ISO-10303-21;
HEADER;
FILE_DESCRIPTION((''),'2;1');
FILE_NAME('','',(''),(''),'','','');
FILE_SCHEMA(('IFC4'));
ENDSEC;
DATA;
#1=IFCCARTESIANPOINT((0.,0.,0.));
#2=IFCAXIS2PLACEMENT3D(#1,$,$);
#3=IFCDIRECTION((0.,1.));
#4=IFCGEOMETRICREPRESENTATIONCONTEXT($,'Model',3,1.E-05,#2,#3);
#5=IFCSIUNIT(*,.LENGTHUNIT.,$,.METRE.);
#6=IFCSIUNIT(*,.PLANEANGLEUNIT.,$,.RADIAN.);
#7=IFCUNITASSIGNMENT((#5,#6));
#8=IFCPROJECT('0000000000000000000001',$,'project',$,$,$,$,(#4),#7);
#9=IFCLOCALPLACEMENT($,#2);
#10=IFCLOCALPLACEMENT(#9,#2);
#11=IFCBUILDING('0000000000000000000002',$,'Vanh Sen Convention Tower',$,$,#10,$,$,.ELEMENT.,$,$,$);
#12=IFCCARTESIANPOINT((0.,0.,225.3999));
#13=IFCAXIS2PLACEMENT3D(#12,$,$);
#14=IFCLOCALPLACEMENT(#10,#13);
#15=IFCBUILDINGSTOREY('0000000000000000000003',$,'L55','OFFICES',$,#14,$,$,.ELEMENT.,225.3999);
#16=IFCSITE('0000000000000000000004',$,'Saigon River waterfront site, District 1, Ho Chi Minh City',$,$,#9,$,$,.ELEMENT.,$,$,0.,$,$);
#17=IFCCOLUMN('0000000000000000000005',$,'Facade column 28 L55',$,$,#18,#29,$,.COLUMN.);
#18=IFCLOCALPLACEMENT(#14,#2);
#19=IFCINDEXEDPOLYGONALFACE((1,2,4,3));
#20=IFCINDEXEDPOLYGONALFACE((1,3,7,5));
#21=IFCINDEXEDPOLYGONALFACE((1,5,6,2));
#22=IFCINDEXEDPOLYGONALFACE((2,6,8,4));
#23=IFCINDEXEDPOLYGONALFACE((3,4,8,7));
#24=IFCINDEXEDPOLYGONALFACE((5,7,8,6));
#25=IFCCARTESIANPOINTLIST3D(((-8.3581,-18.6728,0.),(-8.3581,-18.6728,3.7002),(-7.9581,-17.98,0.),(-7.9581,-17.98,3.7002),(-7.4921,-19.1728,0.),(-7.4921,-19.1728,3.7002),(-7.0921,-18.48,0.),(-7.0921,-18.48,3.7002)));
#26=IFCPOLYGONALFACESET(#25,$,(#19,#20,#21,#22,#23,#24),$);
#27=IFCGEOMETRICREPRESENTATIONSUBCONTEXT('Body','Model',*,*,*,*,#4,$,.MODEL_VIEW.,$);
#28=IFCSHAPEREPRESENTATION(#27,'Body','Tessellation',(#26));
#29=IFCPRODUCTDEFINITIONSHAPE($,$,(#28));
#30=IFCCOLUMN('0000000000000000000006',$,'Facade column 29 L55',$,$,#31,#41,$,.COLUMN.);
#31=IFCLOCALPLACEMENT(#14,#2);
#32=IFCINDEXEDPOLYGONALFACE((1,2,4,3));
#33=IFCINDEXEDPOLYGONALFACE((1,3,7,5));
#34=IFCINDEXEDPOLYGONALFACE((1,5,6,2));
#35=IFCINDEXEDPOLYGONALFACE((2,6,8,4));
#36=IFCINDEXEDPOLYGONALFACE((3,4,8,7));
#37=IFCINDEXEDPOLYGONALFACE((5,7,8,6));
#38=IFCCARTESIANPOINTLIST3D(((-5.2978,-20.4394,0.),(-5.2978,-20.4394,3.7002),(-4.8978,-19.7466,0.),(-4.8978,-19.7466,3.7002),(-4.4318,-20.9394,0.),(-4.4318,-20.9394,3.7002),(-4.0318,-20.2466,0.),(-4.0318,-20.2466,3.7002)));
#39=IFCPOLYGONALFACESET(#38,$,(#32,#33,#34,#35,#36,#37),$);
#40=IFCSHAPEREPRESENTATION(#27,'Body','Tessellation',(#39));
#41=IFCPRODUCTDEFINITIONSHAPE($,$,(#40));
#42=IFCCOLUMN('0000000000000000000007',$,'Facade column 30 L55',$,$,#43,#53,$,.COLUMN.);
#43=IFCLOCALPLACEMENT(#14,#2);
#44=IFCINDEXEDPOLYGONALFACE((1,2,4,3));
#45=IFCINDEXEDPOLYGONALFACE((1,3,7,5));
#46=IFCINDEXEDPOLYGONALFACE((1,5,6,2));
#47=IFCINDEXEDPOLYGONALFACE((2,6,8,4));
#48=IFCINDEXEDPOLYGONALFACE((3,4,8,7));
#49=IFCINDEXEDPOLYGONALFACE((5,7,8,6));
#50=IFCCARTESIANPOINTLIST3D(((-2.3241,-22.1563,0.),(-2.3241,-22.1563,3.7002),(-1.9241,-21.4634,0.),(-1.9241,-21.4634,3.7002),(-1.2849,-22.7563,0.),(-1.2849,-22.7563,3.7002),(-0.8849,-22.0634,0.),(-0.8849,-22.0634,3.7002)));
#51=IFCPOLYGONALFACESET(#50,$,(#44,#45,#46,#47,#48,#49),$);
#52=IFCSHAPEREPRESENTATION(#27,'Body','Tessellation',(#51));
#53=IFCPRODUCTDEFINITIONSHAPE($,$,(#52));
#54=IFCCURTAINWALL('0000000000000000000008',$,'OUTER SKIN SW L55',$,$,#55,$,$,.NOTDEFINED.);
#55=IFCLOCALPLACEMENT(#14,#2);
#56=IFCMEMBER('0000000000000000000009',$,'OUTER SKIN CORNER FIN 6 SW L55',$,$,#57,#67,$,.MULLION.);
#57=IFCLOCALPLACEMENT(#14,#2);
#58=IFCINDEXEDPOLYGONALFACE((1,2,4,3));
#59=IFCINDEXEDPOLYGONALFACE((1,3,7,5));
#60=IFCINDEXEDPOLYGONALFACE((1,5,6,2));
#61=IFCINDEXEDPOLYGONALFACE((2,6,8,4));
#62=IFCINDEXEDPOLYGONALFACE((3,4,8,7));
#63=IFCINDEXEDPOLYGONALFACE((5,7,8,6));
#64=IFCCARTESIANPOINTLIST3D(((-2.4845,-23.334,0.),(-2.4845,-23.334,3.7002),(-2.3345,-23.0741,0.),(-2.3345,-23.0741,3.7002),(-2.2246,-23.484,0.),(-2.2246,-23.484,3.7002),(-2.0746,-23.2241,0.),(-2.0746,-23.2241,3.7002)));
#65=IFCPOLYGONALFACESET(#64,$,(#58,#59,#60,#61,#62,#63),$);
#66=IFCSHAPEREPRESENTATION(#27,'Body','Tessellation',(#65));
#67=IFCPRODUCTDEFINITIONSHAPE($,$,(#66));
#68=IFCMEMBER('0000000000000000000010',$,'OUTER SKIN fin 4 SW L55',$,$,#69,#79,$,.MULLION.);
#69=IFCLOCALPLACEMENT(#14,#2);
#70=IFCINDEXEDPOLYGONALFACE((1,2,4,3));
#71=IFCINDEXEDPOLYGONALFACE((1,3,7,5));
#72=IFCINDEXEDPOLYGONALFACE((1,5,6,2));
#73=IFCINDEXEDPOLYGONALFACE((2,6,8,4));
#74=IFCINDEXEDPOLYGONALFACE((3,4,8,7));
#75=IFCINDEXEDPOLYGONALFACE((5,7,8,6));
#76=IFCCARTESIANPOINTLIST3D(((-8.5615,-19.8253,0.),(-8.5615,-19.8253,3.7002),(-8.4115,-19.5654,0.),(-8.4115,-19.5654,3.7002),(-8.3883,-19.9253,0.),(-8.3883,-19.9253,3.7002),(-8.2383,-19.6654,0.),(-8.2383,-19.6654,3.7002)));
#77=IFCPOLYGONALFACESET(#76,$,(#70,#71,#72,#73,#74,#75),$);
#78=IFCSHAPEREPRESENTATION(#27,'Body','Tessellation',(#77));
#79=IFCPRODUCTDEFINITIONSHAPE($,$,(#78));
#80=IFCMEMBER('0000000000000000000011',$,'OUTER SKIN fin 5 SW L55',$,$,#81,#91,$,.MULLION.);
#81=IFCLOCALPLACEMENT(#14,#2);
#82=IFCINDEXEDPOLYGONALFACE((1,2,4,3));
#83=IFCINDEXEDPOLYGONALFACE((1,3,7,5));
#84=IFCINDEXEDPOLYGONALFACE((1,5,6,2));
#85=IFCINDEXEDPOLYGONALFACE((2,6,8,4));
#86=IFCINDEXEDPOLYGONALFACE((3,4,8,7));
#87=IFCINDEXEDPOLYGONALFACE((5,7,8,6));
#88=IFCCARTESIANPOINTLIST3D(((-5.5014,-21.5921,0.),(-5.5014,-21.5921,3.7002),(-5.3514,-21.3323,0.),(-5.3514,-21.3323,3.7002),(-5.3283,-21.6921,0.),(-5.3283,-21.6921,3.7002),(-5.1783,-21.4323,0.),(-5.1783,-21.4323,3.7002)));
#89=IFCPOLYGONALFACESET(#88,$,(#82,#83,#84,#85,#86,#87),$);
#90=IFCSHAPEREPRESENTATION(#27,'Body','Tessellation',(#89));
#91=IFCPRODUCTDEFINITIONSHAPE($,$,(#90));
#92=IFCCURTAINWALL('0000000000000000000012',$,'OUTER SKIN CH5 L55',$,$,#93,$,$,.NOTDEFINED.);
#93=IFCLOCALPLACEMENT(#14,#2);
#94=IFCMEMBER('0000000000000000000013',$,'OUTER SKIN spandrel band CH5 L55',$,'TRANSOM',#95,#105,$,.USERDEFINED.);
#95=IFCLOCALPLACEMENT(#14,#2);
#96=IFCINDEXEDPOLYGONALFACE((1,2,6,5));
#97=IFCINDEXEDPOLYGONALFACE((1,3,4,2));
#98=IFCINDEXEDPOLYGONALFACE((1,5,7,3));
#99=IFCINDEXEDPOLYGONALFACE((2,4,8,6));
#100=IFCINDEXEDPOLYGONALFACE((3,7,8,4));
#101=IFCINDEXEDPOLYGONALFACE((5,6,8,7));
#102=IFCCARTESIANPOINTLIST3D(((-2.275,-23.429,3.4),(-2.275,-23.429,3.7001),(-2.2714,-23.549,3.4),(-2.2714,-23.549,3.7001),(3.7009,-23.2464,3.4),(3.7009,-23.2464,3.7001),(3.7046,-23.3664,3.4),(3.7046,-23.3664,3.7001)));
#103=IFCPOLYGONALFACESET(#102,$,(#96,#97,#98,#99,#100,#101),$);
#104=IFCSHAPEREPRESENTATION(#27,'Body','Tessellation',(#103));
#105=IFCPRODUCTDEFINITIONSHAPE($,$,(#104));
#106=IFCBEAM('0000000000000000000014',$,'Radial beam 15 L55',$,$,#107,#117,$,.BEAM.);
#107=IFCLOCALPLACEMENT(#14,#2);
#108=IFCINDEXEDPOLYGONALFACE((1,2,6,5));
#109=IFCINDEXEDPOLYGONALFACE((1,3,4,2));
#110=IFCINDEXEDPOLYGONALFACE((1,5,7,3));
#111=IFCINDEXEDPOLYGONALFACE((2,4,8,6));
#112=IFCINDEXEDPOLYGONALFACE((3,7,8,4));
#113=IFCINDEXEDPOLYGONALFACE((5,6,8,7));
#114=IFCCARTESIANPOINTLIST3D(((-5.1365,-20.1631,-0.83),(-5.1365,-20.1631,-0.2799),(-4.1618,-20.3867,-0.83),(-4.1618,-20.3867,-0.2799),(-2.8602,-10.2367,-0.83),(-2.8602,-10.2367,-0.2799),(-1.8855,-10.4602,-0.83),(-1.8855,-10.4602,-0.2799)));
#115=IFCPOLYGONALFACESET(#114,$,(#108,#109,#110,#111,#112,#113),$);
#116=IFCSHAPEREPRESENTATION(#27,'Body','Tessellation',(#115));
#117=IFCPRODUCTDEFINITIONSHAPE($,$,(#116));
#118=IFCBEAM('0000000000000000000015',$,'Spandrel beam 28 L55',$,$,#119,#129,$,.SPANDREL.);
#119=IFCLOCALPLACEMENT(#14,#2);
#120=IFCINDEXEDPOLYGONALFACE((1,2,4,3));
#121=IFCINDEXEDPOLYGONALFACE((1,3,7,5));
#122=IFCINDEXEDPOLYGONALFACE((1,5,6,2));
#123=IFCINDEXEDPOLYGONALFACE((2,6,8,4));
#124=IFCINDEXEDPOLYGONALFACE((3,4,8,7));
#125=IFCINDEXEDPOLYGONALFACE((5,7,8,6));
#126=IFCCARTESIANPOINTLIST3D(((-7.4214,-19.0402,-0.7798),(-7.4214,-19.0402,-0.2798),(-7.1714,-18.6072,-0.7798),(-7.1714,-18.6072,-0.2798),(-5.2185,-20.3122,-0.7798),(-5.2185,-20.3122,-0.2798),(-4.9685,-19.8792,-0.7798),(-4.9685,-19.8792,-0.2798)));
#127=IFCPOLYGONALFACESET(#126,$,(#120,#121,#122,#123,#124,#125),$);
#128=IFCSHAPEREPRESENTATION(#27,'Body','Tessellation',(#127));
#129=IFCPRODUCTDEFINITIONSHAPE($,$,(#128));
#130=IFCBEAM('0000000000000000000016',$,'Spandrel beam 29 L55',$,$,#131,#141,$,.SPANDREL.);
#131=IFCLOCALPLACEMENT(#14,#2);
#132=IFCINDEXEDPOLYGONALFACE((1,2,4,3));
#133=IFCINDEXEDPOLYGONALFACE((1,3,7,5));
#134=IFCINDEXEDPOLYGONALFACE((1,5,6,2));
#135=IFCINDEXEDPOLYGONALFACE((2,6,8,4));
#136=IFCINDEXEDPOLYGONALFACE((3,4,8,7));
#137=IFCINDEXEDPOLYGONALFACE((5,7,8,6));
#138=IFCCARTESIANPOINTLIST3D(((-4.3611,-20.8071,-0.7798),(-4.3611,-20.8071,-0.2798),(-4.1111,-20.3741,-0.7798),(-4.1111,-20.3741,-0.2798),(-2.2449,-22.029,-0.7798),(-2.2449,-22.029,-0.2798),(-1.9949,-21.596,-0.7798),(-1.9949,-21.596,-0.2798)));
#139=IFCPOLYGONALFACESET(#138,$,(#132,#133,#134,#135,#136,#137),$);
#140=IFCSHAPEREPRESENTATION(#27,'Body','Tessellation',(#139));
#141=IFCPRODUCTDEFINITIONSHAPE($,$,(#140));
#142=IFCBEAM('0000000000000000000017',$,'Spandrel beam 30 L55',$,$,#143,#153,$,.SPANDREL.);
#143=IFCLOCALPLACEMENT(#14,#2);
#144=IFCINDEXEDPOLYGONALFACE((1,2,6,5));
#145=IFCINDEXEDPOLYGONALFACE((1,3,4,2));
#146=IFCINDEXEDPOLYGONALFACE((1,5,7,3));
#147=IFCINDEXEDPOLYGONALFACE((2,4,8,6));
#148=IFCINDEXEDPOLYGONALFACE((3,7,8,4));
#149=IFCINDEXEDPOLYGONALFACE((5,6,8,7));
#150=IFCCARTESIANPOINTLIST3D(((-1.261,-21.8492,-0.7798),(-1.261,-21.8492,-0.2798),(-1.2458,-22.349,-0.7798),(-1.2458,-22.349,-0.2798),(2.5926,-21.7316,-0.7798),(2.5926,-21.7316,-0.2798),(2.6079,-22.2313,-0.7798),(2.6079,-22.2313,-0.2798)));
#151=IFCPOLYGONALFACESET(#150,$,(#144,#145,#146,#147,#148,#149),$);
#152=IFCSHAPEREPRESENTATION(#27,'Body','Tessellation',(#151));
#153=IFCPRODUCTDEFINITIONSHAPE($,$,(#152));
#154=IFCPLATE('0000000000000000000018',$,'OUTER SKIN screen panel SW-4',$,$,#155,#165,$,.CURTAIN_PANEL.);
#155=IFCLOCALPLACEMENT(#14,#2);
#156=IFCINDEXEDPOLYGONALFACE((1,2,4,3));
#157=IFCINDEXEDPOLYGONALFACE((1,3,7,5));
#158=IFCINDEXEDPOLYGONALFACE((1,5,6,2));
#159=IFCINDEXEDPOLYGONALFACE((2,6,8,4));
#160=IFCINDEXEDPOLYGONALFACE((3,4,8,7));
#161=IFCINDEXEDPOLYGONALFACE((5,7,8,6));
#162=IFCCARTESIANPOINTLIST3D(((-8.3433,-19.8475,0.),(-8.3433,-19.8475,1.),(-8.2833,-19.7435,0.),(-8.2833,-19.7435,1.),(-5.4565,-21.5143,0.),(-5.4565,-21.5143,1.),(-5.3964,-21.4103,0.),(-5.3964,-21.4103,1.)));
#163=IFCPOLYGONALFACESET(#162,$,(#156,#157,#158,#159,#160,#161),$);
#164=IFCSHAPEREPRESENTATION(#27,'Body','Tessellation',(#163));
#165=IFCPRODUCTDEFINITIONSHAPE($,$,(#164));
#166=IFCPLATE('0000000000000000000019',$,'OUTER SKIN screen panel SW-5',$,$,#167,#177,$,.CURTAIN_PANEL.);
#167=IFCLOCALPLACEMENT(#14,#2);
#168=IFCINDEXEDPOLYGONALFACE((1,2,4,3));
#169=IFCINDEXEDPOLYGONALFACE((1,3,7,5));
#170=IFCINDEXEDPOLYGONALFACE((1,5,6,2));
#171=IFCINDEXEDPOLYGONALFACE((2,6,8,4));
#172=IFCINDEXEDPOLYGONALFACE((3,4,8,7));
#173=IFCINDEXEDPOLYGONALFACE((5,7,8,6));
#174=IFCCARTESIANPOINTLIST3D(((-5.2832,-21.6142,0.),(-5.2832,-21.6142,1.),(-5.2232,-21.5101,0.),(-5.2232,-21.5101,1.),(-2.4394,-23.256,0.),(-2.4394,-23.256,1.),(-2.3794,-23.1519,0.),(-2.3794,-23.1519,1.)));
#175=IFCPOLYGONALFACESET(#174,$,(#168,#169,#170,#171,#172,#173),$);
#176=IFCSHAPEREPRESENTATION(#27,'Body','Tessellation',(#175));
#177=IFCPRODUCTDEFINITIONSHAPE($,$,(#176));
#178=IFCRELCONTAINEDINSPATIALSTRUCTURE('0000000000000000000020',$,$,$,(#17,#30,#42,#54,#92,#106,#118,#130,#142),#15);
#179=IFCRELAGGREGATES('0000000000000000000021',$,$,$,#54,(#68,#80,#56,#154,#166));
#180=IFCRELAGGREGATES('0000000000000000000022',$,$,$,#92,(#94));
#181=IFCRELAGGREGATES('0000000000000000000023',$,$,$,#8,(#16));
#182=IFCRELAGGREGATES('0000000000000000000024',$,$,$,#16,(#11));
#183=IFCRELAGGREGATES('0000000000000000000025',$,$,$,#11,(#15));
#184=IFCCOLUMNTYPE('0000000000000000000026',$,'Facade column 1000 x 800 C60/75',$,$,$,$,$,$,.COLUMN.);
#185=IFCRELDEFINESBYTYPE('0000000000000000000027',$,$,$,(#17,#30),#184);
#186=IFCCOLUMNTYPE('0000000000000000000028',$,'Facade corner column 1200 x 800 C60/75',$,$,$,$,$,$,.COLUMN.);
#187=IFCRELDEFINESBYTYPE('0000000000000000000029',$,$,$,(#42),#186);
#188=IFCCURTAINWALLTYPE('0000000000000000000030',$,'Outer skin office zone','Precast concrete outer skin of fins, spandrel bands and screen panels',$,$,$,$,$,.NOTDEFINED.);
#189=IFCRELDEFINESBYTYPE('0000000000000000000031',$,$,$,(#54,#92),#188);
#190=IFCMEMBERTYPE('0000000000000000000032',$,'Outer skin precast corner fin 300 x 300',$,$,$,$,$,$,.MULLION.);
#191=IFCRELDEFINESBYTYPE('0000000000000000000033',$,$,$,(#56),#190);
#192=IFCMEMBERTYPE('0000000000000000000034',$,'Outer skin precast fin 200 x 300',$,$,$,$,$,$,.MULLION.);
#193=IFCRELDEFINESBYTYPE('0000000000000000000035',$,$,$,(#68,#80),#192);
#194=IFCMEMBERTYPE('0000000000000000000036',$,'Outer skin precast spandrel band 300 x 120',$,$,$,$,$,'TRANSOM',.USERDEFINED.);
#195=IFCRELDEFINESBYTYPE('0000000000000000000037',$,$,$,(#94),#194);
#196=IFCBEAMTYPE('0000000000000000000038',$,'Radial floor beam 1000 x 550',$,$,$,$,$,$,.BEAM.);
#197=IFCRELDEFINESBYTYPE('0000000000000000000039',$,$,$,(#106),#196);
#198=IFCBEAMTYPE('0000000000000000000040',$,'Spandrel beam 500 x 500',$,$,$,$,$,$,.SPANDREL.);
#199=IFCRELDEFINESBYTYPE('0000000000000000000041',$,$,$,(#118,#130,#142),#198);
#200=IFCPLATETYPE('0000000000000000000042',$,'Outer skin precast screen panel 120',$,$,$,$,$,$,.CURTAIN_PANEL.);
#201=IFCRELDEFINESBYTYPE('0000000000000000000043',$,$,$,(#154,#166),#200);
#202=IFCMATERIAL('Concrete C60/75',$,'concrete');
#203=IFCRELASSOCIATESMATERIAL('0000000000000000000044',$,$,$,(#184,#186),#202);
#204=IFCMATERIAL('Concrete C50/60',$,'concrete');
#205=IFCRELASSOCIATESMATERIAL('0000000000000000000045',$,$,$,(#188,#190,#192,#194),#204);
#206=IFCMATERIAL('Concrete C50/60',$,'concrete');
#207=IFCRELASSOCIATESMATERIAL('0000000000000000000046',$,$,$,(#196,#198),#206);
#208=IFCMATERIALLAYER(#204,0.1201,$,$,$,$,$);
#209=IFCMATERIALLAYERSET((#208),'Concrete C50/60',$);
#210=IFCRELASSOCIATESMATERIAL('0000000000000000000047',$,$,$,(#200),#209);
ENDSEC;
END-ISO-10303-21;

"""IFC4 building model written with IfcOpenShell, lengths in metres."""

from ifc_helpers import new_model, si_unit, direction, frame, origin, origin_2d, place, context, subcontext, project, spatial, rectangle, extrude, material, layer, layer_set, material_profile, profile_set, type_object, element, aggregate, save


model = new_model("IFC4")

# Units and contexts
model_context = context("Model", 3, precision=1e-05, world=origin(), true_north=direction((0.0, 1.0)))
body_context = subcontext(model_context, "Body", "Model", "MODEL_VIEW")
ifc_project = project(units=[si_unit("LENGTHUNIT", "METRE"), si_unit("PLANEANGLEUNIT", "RADIAN")], contexts=[model_context])

# Site, building, storey
site_placement = place(None, origin())
site = spatial("IfcSite", under=ifc_project, at=site_placement, Name="Saigon River waterfront site, District 1, Ho Chi Minh City", CompositionType="ELEMENT", RefElevation=0.0)
building_placement = place(site_placement, origin())
building = spatial("IfcBuilding", under=site, at=building_placement, Name="Vanh Sen Convention Tower", CompositionType="ELEMENT")
storey_placement = place(building_placement, frame((0.0, 0.0, 225.3999)))
storey = spatial("IfcBuildingStorey", under=building, at=storey_placement, Name="L55", Description="OFFICES", CompositionType="ELEMENT", Elevation=225.3999)

# Columns
ifc_material_1 = material(Name="Concrete C60/75", Category="concrete")
ifc_material_profile_1 = material_profile(ifc_material_1, rectangle(XDim=1.0, YDim=0.8, at=origin_2d()), Name="RC 1000X800")
ifc_profile_set_1 = profile_set([ifc_material_profile_1], Name="Concrete C60/75")
column_type_1 = type_object("IfcColumnType", Name="Facade column 1000 x 800 C60/75", PredefinedType="COLUMN", material=ifc_profile_set_1)
for number, where, z_axis, x_axis, name in (
    (1, (-7.7251, -18.5764, 0.0), (0.0, 0.0, 1.0), (0.866025, -0.5, 0.0), "Facade column 28 L55"),
    (2, (-4.6648, -20.343, 0.0), (0.0, 0.0, 1.0), (0.866025, -0.5, 0.0), "Facade column 29 L55"),
):
    element("IfcColumn", number, at=place(storey_placement, frame(where, z_axis=z_axis, x_axis=x_axis)), inside=storey, type_object=column_type_1, Name=name, PredefinedType="COLUMN", context=body_context, shape_type="SweptSolid", body=[
        extrude(rectangle(XDim=1.0, YDim=0.8, at=origin_2d()), origin(), (0.0, 0.0, 1.0), 3.7002),
    ])
ifc_material_profile_2 = material_profile(ifc_material_1, rectangle(XDim=1.2, YDim=0.8, at=origin_2d()), Name="RC 1200X800")
ifc_profile_set_2 = profile_set([ifc_material_profile_2], Name="Concrete C60/75")
column_type_2 = type_object("IfcColumnType", Name="Facade corner column 1200 x 800 C60/75", PredefinedType="COLUMN", material=ifc_profile_set_2)
column_placement = place(storey_placement, frame((-1.6045, -22.1099, 0.0), z_axis=(0.0, 0.0, 1.0), x_axis=(0.866025, -0.5, 0.0)))
element("IfcColumn", 3, at=column_placement, inside=storey, type_object=column_type_2, Name="Facade column 30 L55", PredefinedType="COLUMN", context=body_context, shape_type="SweptSolid", body=[
    extrude(rectangle(XDim=1.2, YDim=0.8, at=origin_2d()), origin(), (0.0, 0.0, 1.0), 3.7002),
])

# Curtain wall, members
ifc_material_2 = material(Name="Concrete C50/60", Category="concrete")
curtain_wall_type = type_object("IfcCurtainWallType", Name="Outer skin office zone", Description="Precast concrete outer skin of fins, spandrel bands and screen panels", PredefinedType="NOTDEFINED", material=ifc_material_2)
curtain_wall_1_placement = place(storey_placement, origin())
curtain_wall_1 = element("IfcCurtainWall", 4, at=curtain_wall_1_placement, inside=storey, type_object=curtain_wall_type, Name="OUTER SKIN SW L55", PredefinedType="NOTDEFINED")
ifc_material_profile_3 = material_profile(ifc_material_2, rectangle(XDim=0.3, YDim=0.3, at=origin_2d()), Name="Outer skin precast corner fin 300 x 300")
ifc_profile_set_3 = profile_set([ifc_material_profile_3], Name="Concrete C50/60")
member_type_1 = type_object("IfcMemberType", Name="Outer skin precast corner fin 300 x 300", PredefinedType="MULLION", material=ifc_profile_set_3)
member_1_placement = place(storey_placement, frame((-2.2795, -23.2791, 0.0), z_axis=(0.0, 0.0, 1.0), x_axis=(0.866025, -0.5, 0.0)))
member_1 = element("IfcMember", 5, at=member_1_placement, type_object=member_type_1, Name="OUTER SKIN CORNER FIN 6 SW L55", PredefinedType="MULLION", context=body_context, shape_type="SweptSolid", body=[
    extrude(rectangle(XDim=0.3, YDim=0.3, at=origin_2d()), origin(), (0.0, 0.0, 1.0), 3.7002),
])
ifc_material_profile_4 = material_profile(ifc_material_2, rectangle(XDim=0.2, YDim=0.3, at=origin_2d()), Name="Outer skin precast fin 200 x 300")
ifc_profile_set_4 = profile_set([ifc_material_profile_4], Name="Concrete C50/60")
member_type_2 = type_object("IfcMemberType", Name="Outer skin precast fin 200 x 300", PredefinedType="MULLION", material=ifc_profile_set_4)
member_2_placement = place(storey_placement, frame((-8.3999, -19.7454, 0.0), z_axis=(0.0, 0.0, 1.0), x_axis=(0.866025, -0.5, 0.0)))
member_2 = element("IfcMember", 6, at=member_2_placement, type_object=member_type_2, Name="OUTER SKIN fin 4 SW L55", PredefinedType="MULLION", context=body_context, shape_type="SweptSolid", body=[
    extrude(rectangle(XDim=0.2, YDim=0.3, at=origin_2d()), origin(), (0.0, 0.0, 1.0), 3.7002),
])
member_3_placement = place(storey_placement, frame((-5.3398, -21.5122, 0.0), z_axis=(0.0, 0.0, 1.0), x_axis=(0.866025, -0.5, 0.0)))
member_3 = element("IfcMember", 7, at=member_3_placement, type_object=member_type_2, Name="OUTER SKIN fin 5 SW L55", PredefinedType="MULLION", context=body_context, shape_type="SweptSolid", body=[
    extrude(rectangle(XDim=0.2, YDim=0.3, at=origin_2d()), origin(), (0.0, 0.0, 1.0), 3.7002),
])

# Curtain wall, member
curtain_wall_2_placement = place(storey_placement, origin())
curtain_wall_2 = element("IfcCurtainWall", 8, at=curtain_wall_2_placement, inside=storey, type_object=curtain_wall_type, Name="OUTER SKIN CH5 L55", PredefinedType="NOTDEFINED")
ifc_material_profile_5 = material_profile(ifc_material_2, rectangle(XDim=0.1201, YDim=0.3, at=origin_2d()), Name="Outer skin precast spandrel band 300 x 120")
ifc_profile_set_5 = profile_set([ifc_material_profile_5], Name="Concrete C50/60")
member_type_3 = type_object("IfcMemberType", Name="Outer skin precast spandrel band 300 x 120", ElementType="TRANSOM", PredefinedType="USERDEFINED", material=ifc_profile_set_5)
member_4_placement = place(storey_placement, frame((-2.2732, -23.489, 3.55), z_axis=(0.999533, 0.030544, 0.0), x_axis=(-0.030544, 0.999533, 0.0)))
member_4 = element("IfcMember", 9, at=member_4_placement, type_object=member_type_3, Name="OUTER SKIN spandrel band CH5 L55", ObjectType="TRANSOM", PredefinedType="USERDEFINED", context=body_context, shape_type="SweptSolid", body=[
    extrude(rectangle(XDim=0.1201, YDim=0.3, at=origin_2d()), origin(), (0.0, 0.0, 1.0), 5.9788),
])

# Beams
ifc_material_3 = material(Name="Concrete C50/60", Category="concrete")
ifc_material_profile_6 = material_profile(ifc_material_3, rectangle(XDim=1.0, YDim=0.55, at=origin_2d()), Name="RC 1000X550")
ifc_profile_set_6 = profile_set([ifc_material_profile_6], Name="Concrete C50/60")
beam_type_1 = type_object("IfcBeamType", Name="Radial floor beam 1000 x 550", PredefinedType="BEAM", material=ifc_profile_set_6)
beam_1_placement = place(storey_placement, frame((-4.6492, -20.2749, -0.5549), z_axis=(0.22352, 0.974699, 0.0), x_axis=(-0.974699, 0.22352, 0.0)))
element("IfcBeam", 10, at=beam_1_placement, inside=storey, type_object=beam_type_1, Name="Radial beam 15 L55", PredefinedType="BEAM", context=body_context, shape_type="SweptSolid", body=[
    extrude(rectangle(XDim=1.0, YDim=0.55, at=origin_2d()), origin(), (0.0, 0.0, 1.0), 10.1841),
])
ifc_material_profile_7 = material_profile(ifc_material_3, rectangle(XDim=0.5, YDim=0.5, at=origin_2d()), Name="RC 500X500")
ifc_profile_set_7 = profile_set([ifc_material_profile_7], Name="Concrete C50/60")
beam_type_2 = type_object("IfcBeamType", Name="Spandrel beam 500 x 500", PredefinedType="SPANDREL", material=ifc_profile_set_7)
beam_2_placement = place(storey_placement, frame((-7.2964, -18.8237, -0.5298), z_axis=(0.866002, -0.500041, 0.0), x_axis=(0.500041, 0.866002, 0.0)))
element("IfcBeam", 11, at=beam_2_placement, inside=storey, type_object=beam_type_2, Name="Spandrel beam 28 L55", PredefinedType="SPANDREL", context=body_context, shape_type="SweptSolid", body=[
    extrude(rectangle(XDim=0.5, YDim=0.5, at=origin_2d()), origin(), (0.0, 0.0, 1.0), 2.5437),
])
beam_3_placement = place(storey_placement, frame((-4.2361, -20.5906, -0.5298), z_axis=(0.866003, -0.50004, 0.0), x_axis=(0.50004, 0.866003, 0.0)))
element("IfcBeam", 12, at=beam_3_placement, inside=storey, type_object=beam_type_2, Name="Spandrel beam 29 L55", PredefinedType="SPANDREL", context=body_context, shape_type="SweptSolid", body=[
    extrude(rectangle(XDim=0.5, YDim=0.5, at=origin_2d()), origin(), (0.0, 0.0, 1.0), 2.4436),
])
beam_4_placement = place(storey_placement, frame((-1.2534, -22.0991, -0.5298), z_axis=(0.999534, 0.030521, 0.0), x_axis=(-0.030521, 0.999534, 0.0)))
element("IfcBeam", 13, at=beam_4_placement, inside=storey, type_object=beam_type_2, Name="Spandrel beam 30 L55", PredefinedType="SPANDREL", context=body_context, shape_type="SweptSolid", body=[
    extrude(rectangle(XDim=0.5, YDim=0.5, at=origin_2d()), origin(), (0.0, 0.0, 1.0), 3.8555),
])

# Plates
ifc_layer_1 = layer(ifc_material_2, 0.1201)
ifc_layer_set_1 = layer_set([ifc_layer_1], Name="Concrete C50/60")
plate_type = type_object("IfcPlateType", Name="Outer skin precast screen panel 120", PredefinedType="CURTAIN_PANEL", material=ifc_layer_set_1)
plate_1_placement = place(storey_placement, frame((-6.8699, -20.6289, 0.0), z_axis=(0.0, 0.0, 1.0), x_axis=(0.866026, -0.499998, 0.0)))
plate_1 = element("IfcPlate", 14, at=plate_1_placement, type_object=plate_type, Name="OUTER SKIN screen panel SW-4", PredefinedType="CURTAIN_PANEL", context=body_context, shape_type="SweptSolid", body=[
    extrude(rectangle(XDim=3.3335, YDim=0.1201, at=origin_2d()), origin(), (0.0, 0.0, 1.0), 1.0),
])
plate_2_placement = place(storey_placement, frame((-3.8313, -22.3831, 0.0), z_axis=(0.0, 0.0, 1.0), x_axis=(0.866033, -0.499986, 0.0)))
plate_2 = element("IfcPlate", 15, at=plate_2_placement, type_object=plate_type, Name="OUTER SKIN screen panel SW-5", PredefinedType="CURTAIN_PANEL", context=body_context, shape_type="SweptSolid", body=[
    extrude(rectangle(XDim=3.2837, YDim=0.1201, at=origin_2d()), origin(), (0.0, 0.0, 1.0), 1.0),
])
aggregate(curtain_wall_1, [member_2, member_3, member_1, plate_1, plate_2])
aggregate(curtain_wall_2, [member_4])

save(model, "model.ifc")
